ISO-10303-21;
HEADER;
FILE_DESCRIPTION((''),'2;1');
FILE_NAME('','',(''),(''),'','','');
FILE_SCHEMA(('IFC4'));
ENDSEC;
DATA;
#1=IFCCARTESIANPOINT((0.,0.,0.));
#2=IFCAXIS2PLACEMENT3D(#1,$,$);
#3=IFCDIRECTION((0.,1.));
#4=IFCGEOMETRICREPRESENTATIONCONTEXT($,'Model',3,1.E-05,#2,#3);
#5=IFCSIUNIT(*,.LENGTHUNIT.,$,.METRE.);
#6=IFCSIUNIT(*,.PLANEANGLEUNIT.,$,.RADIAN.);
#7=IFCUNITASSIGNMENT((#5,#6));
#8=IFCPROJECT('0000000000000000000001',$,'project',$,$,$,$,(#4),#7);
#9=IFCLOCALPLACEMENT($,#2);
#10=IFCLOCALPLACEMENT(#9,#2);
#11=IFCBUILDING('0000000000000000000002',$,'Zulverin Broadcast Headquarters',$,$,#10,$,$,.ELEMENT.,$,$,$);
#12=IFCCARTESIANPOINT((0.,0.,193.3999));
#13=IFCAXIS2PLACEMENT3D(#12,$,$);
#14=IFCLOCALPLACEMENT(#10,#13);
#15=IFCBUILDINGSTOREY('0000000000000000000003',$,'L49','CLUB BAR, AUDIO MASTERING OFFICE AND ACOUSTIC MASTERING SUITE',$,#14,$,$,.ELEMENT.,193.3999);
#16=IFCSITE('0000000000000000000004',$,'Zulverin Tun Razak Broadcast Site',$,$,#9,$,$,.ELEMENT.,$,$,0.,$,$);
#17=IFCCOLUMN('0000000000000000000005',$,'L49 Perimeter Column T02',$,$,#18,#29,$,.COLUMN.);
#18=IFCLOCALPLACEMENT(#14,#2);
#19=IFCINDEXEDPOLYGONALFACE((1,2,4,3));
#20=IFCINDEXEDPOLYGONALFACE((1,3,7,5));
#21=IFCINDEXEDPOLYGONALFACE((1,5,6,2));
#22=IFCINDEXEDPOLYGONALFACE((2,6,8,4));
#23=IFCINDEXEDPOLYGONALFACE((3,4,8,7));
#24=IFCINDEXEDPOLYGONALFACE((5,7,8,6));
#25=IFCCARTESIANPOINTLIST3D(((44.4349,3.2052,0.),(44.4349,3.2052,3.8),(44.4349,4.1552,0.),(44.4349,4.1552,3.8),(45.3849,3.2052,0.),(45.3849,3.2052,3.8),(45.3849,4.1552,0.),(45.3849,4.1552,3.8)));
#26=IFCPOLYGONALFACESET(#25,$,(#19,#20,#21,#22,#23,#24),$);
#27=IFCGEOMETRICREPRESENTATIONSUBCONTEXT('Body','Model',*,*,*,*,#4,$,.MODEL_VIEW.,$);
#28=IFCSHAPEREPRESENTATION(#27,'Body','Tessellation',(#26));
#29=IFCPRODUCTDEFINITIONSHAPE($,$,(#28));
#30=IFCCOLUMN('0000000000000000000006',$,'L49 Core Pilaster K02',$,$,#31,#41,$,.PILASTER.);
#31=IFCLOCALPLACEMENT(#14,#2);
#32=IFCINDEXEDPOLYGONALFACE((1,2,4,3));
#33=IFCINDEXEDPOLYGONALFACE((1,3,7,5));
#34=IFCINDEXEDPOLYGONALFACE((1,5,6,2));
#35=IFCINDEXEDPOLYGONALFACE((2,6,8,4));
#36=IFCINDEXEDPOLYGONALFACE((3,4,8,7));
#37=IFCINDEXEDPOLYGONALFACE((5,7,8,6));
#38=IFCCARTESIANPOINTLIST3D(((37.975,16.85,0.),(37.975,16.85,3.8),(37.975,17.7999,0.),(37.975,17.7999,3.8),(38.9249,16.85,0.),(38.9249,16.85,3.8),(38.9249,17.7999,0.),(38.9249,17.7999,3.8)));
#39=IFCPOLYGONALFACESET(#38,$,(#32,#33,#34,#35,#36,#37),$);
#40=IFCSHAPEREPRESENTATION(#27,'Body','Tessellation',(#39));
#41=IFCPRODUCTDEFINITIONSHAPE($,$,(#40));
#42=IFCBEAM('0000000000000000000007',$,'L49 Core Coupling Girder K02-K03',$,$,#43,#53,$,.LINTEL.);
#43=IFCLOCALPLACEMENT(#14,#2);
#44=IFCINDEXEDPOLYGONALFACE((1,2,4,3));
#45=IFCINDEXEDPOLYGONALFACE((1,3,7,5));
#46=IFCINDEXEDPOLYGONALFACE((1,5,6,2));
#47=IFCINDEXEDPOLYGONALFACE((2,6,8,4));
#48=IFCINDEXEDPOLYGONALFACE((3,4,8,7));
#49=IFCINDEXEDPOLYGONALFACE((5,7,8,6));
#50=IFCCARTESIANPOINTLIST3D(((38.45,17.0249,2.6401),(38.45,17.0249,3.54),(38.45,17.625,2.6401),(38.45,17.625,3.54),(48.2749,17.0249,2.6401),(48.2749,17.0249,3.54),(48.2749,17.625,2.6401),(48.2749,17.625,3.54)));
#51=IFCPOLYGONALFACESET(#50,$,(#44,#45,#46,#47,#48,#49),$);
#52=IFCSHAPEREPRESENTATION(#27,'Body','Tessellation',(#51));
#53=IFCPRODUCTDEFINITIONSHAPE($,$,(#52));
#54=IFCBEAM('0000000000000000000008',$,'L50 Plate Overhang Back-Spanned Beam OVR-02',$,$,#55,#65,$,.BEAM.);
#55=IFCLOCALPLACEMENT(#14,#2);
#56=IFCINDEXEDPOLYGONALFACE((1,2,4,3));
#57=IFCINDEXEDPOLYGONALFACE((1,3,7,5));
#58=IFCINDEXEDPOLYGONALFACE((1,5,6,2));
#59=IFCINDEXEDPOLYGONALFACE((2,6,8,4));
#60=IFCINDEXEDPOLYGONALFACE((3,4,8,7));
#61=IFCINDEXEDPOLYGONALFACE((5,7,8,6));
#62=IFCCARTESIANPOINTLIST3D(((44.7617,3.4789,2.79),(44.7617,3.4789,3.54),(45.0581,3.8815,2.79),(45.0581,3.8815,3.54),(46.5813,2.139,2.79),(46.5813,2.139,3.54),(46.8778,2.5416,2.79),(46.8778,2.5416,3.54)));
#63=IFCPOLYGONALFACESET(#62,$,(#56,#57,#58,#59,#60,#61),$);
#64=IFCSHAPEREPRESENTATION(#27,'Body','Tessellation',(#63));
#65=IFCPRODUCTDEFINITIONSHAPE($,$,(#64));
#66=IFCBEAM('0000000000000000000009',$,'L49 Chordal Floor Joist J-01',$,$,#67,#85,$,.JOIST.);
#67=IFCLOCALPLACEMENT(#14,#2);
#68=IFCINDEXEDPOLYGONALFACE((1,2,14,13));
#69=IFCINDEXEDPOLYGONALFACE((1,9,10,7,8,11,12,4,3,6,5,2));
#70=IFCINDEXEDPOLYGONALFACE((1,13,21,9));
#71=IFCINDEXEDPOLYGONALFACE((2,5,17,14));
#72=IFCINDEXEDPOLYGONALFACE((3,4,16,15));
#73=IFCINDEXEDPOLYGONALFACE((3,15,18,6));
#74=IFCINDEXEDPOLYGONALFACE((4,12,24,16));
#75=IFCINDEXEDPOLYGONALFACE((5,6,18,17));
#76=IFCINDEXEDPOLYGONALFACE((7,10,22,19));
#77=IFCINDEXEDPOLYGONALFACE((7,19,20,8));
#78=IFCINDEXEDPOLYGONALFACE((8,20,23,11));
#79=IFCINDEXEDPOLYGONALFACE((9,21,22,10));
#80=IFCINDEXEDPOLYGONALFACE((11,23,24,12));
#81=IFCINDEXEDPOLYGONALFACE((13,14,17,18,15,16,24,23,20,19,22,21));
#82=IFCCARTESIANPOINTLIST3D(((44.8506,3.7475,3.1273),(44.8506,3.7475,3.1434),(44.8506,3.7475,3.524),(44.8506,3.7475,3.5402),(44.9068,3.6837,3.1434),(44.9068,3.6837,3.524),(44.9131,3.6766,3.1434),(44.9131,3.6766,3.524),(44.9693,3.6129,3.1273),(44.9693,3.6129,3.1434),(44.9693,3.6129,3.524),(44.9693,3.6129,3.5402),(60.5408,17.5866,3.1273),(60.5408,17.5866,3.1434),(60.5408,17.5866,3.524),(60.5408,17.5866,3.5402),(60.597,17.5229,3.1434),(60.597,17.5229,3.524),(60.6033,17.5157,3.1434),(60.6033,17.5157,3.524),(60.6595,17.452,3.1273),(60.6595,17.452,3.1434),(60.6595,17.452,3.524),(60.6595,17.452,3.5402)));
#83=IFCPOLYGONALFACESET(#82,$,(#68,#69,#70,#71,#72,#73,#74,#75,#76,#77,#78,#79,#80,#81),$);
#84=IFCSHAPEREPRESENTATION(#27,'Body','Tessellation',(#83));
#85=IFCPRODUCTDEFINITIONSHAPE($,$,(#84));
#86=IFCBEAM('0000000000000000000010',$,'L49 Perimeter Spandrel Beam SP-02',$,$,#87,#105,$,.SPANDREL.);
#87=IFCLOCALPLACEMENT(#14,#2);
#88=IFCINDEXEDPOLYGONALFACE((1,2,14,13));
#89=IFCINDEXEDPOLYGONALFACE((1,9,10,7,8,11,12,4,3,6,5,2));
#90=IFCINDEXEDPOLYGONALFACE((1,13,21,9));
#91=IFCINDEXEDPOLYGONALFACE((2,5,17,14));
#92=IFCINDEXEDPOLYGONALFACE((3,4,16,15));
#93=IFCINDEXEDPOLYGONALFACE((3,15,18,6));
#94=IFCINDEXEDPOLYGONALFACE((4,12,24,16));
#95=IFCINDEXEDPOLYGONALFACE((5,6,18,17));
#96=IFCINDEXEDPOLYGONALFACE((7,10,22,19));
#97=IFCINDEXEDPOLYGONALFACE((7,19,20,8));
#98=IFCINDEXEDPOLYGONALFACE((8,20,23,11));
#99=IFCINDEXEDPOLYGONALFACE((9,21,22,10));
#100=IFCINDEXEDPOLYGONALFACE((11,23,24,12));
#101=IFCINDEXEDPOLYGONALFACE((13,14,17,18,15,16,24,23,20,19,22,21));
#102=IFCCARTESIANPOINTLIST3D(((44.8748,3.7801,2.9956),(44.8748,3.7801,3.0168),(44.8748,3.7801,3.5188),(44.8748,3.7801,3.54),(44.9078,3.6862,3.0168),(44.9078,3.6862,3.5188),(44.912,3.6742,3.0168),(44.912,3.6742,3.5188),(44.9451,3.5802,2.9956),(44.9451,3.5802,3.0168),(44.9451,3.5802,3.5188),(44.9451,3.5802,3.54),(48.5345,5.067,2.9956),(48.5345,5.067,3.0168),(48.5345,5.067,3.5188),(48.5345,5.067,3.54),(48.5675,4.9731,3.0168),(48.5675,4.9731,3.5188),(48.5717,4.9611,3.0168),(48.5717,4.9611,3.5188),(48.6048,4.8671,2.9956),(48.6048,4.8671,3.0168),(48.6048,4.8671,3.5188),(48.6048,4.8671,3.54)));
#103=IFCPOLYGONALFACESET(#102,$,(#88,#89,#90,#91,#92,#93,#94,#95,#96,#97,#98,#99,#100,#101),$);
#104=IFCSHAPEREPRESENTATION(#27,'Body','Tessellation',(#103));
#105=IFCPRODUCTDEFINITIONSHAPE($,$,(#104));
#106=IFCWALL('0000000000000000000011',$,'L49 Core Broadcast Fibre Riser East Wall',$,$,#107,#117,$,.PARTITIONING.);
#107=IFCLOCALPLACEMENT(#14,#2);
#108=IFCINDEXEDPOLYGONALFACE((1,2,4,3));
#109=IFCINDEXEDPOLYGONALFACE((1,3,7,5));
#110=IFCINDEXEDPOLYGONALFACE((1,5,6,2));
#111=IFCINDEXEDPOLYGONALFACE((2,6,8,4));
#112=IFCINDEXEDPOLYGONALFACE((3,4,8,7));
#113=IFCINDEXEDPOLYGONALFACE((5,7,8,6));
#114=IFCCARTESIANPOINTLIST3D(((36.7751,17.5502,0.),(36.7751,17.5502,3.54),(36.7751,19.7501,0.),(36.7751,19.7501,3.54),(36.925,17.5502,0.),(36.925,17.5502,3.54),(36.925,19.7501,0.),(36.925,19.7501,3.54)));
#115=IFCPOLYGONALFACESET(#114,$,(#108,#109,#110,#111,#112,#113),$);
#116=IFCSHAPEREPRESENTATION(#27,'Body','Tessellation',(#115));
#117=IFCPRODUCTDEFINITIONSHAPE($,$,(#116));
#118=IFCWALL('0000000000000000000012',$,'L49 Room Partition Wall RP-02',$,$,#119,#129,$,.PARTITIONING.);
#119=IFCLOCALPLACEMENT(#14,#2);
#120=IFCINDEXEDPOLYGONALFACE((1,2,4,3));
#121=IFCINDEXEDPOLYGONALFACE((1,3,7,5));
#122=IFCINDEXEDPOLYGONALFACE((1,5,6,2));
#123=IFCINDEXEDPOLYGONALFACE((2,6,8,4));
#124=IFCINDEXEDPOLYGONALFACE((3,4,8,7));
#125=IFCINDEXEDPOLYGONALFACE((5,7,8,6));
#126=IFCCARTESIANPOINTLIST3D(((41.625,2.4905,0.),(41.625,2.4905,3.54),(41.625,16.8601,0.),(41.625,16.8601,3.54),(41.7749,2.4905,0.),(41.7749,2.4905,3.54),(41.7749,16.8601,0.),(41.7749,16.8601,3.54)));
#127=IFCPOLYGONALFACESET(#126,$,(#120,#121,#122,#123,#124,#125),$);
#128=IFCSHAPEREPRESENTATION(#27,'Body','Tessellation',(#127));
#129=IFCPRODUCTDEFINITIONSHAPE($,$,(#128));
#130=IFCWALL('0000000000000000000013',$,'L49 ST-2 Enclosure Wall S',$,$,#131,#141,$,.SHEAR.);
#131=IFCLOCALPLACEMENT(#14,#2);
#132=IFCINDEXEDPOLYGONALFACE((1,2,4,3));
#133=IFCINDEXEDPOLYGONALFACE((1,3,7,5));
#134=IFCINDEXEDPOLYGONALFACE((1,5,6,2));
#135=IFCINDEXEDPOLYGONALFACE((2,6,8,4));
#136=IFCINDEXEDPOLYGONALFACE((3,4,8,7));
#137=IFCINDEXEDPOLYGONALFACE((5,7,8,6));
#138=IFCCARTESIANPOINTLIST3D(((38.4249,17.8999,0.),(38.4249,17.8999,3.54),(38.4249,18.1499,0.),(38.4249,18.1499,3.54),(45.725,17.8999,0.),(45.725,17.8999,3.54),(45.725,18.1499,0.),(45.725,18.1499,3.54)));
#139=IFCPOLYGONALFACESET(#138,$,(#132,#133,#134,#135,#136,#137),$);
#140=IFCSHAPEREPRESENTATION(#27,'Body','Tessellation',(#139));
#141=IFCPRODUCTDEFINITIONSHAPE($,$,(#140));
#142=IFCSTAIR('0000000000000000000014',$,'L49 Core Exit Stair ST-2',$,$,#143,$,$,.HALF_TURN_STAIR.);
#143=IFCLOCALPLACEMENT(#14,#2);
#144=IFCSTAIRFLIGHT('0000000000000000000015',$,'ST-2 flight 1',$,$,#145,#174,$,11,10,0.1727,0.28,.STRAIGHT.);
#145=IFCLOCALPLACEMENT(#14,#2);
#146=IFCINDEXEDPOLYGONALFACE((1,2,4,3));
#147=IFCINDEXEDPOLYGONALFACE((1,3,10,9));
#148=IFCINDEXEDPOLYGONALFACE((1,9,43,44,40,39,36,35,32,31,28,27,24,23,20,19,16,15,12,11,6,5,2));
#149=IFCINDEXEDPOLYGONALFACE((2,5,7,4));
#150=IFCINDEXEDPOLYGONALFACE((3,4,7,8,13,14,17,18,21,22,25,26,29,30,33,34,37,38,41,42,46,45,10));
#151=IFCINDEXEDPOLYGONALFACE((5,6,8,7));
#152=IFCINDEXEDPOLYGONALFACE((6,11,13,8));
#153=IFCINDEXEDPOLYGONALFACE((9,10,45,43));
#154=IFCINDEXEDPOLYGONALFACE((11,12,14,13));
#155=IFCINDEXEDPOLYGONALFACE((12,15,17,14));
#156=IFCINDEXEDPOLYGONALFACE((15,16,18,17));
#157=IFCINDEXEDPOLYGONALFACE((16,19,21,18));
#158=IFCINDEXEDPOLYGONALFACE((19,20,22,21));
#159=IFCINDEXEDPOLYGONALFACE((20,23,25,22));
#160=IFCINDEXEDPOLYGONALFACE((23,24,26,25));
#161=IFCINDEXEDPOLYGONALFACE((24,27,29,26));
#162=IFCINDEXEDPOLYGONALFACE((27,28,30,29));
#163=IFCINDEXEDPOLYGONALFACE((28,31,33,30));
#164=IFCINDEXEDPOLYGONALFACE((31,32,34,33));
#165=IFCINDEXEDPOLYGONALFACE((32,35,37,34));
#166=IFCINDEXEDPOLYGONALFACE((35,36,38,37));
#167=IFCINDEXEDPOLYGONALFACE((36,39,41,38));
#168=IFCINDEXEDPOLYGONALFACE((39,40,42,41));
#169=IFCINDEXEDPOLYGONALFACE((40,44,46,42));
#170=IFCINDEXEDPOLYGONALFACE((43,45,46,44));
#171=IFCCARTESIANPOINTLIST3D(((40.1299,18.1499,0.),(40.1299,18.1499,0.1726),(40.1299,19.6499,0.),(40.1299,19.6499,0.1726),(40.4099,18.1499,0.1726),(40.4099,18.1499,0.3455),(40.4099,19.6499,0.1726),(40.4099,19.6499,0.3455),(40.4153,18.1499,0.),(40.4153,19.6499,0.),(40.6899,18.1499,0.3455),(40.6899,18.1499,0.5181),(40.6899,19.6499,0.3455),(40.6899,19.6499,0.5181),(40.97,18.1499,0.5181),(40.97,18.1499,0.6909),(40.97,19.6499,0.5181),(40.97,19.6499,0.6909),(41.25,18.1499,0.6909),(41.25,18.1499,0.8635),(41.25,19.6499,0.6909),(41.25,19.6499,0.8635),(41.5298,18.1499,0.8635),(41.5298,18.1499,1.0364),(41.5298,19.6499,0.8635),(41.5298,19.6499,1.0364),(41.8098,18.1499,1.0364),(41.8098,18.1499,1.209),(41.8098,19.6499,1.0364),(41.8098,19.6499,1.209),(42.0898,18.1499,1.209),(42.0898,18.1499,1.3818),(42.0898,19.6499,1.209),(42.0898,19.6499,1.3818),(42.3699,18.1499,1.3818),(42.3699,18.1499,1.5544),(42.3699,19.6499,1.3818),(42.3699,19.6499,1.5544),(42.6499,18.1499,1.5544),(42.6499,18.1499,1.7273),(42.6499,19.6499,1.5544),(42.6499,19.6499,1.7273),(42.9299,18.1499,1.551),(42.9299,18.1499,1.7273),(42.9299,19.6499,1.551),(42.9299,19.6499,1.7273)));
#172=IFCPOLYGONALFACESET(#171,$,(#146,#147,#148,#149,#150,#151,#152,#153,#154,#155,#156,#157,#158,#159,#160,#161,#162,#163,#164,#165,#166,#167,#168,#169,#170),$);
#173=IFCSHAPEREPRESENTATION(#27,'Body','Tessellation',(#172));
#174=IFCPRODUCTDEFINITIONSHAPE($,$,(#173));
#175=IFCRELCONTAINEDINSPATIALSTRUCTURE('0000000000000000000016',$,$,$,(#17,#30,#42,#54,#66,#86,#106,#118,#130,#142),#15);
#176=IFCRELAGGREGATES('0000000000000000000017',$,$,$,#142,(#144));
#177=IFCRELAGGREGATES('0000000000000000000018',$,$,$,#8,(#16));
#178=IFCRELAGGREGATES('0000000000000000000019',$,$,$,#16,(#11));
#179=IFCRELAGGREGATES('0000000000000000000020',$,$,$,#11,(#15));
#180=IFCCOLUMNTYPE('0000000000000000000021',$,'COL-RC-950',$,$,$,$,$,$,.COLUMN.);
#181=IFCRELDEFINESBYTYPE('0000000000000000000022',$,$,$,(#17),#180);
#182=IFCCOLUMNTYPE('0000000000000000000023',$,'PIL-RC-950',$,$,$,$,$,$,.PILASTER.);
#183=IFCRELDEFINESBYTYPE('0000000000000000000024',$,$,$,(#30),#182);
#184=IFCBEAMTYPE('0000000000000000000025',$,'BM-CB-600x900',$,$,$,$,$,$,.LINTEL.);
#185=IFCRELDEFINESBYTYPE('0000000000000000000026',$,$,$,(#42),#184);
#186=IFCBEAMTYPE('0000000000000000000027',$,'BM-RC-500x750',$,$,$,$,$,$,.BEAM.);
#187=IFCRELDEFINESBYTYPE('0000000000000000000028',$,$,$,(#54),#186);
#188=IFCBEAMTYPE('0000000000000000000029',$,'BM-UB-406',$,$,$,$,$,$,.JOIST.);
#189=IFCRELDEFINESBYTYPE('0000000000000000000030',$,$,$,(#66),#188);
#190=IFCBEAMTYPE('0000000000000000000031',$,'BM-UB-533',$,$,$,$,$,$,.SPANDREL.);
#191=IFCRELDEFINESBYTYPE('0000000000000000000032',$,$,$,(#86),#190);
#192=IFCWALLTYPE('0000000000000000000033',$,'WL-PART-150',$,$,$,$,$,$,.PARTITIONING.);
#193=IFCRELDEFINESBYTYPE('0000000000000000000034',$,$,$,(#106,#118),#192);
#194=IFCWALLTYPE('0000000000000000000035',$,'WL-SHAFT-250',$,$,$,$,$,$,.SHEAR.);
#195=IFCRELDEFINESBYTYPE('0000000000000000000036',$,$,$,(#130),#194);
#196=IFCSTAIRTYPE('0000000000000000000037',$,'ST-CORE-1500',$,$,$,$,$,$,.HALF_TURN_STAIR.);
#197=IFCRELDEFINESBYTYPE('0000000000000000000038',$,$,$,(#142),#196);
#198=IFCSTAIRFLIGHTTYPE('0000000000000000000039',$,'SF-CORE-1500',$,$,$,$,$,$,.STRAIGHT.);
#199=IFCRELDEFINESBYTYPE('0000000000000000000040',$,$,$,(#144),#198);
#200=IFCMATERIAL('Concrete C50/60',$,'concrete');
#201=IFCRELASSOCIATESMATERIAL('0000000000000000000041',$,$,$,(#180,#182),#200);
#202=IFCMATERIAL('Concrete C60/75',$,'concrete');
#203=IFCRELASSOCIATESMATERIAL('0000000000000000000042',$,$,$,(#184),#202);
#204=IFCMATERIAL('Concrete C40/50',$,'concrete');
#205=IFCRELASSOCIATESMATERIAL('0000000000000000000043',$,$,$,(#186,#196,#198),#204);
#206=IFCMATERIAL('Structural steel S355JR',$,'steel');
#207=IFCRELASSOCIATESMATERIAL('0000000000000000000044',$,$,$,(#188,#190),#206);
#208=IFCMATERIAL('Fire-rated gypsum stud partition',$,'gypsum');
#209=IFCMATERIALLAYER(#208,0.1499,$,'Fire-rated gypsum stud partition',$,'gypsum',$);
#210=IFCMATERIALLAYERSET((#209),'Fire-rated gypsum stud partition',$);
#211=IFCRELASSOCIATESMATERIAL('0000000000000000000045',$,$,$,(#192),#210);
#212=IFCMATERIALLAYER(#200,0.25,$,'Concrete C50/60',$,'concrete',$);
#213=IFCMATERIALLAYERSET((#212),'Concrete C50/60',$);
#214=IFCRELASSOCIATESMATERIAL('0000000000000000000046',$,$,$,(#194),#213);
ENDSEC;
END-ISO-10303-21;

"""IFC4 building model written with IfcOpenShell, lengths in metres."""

from ifc_helpers import new_model, si_unit, direction, frame, frame_2d, origin, origin_2d, place, context, subcontext, project, spatial, polyline, rectangle, i_section, outline, extrude, material, layer, layer_set, material_profile, profile_set, type_object, element, aggregate, save


model = new_model("IFC4")

# Units and contexts
model_context = context("Model", 3, precision=1e-05, world=origin(), true_north=direction((0.0, 1.0)))
body_context = subcontext(model_context, "Body", "Model", "MODEL_VIEW")
ifc_project = project(units=[si_unit("LENGTHUNIT", "METRE"), si_unit("PLANEANGLEUNIT", "RADIAN")], contexts=[model_context])

# Site, building, storey
site_placement = place(None, origin())
site = spatial("IfcSite", under=ifc_project, at=site_placement, Name="Zulverin Tun Razak Broadcast Site", CompositionType="ELEMENT", RefElevation=0.0)
building_placement = place(site_placement, origin())
building = spatial("IfcBuilding", under=site, at=building_placement, Name="Zulverin Broadcast Headquarters", CompositionType="ELEMENT")
storey_placement = place(building_placement, frame((0.0, 0.0, 193.3999)))
storey = spatial("IfcBuildingStorey", under=building, at=storey_placement, Name="L49", Description="CLUB BAR, AUDIO MASTERING OFFICE AND ACOUSTIC MASTERING SUITE", CompositionType="ELEMENT", Elevation=193.3999)

# Columns
ifc_material_1 = material(Name="Concrete C50/60", Category="concrete")
ifc_material_profile_1 = material_profile(ifc_material_1, rectangle(XDim=0.95, YDim=0.95, at=origin_2d()), Name="Concrete C50/60", Category="concrete")
ifc_profile_set_1 = profile_set([ifc_material_profile_1], Name="Concrete C50/60")
column_type_1 = type_object("IfcColumnType", Name="COL-RC-950", PredefinedType="COLUMN", material=ifc_profile_set_1)
column_1_placement = place(storey_placement, frame((44.9099, 3.6802, 0.0), z_axis=(0.0, 0.0, 1.0), x_axis=(1.0, 0.0, 0.0)))
element("IfcColumn", 1, at=column_1_placement, inside=storey, type_object=column_type_1, Name="L49 Perimeter Column T02", PredefinedType="COLUMN", context=body_context, shape_type="SweptSolid", body=[
    extrude(rectangle(XDim=0.95, YDim=0.95, at=origin_2d()), origin(), (0.0, 0.0, 1.0), 3.8),
])
ifc_material_profile_2 = material_profile(ifc_material_1, rectangle(XDim=0.95, YDim=0.95, at=origin_2d()), Name="Concrete C50/60", Category="concrete")
ifc_profile_set_2 = profile_set([ifc_material_profile_2], Name="Concrete C50/60")
column_type_2 = type_object("IfcColumnType", Name="PIL-RC-950", PredefinedType="PILASTER", material=ifc_profile_set_2)
column_2_placement = place(storey_placement, frame((38.45, 17.325, 0.0), z_axis=(0.0, 0.0, 1.0), x_axis=(1.0, 0.0, 0.0)))
element("IfcColumn", 2, at=column_2_placement, inside=storey, type_object=column_type_2, Name="L49 Core Pilaster K02", PredefinedType="PILASTER", context=body_context, shape_type="SweptSolid", body=[
    extrude(rectangle(XDim=0.95, YDim=0.95, at=origin_2d()), origin(), (0.0, 0.0, 1.0), 3.8),
])

# Beams
ifc_material_2 = material(Name="Concrete C60/75", Category="concrete")
ifc_material_profile_3 = material_profile(ifc_material_2, rectangle(XDim=0.6001, YDim=0.8999, at=origin_2d()), Name="Concrete C60/75", Category="concrete")
ifc_profile_set_3 = profile_set([ifc_material_profile_3], Name="Concrete C60/75")
beam_type_1 = type_object("IfcBeamType", Name="BM-CB-600x900", PredefinedType="LINTEL", material=ifc_profile_set_3)
beam_1_placement = place(storey_placement, frame((38.45, 17.325, 3.0901), z_axis=(1.0, 0.0, 0.0), x_axis=(0.0, 1.0, 0.0)))
element("IfcBeam", 3, at=beam_1_placement, inside=storey, type_object=beam_type_1, Name="L49 Core Coupling Girder K02-K03", PredefinedType="LINTEL", context=body_context, shape_type="SweptSolid", body=[
    extrude(rectangle(XDim=0.6001, YDim=0.8999, at=origin_2d()), origin(), (0.0, 0.0, 1.0), 9.825),
])
ifc_material_3 = material(Name="Concrete C40/50", Category="concrete")
ifc_material_profile_4 = material_profile(ifc_material_3, rectangle(XDim=0.5, YDim=0.75, at=origin_2d()), Name="Concrete C40/50", Category="concrete")
ifc_profile_set_4 = profile_set([ifc_material_profile_4], Name="Concrete C40/50")
beam_type_2 = type_object("IfcBeamType", Name="BM-RC-500x750", PredefinedType="BEAM", material=ifc_profile_set_4)
beam_2_placement = place(storey_placement, frame((44.9099, 3.6802, 3.165), z_axis=(0.805246, -0.592941, 0.0), x_axis=(0.592941, 0.805246, 0.0)))
element("IfcBeam", 4, at=beam_2_placement, inside=storey, type_object=beam_type_2, Name="L50 Plate Overhang Back-Spanned Beam OVR-02", PredefinedType="BEAM", context=body_context, shape_type="SweptSolid", body=[
    extrude(rectangle(XDim=0.5, YDim=0.75, at=origin_2d()), origin(), (0.0, 0.0, 1.0), 2.2598),
])
ifc_material_4 = material(Name="Structural steel S355JR", Category="steel")
ifc_material_profile_5 = material_profile(ifc_material_4, i_section(OverallWidth=0.1794, OverallDepth=0.4128, WebThickness=0.0095, FlangeThickness=0.0161, at=origin_2d()), Name="Structural steel S355JR", Category="steel")
ifc_profile_set_5 = profile_set([ifc_material_profile_5], Name="Structural steel S355JR")
beam_type_3 = type_object("IfcBeamType", Name="BM-UB-406", PredefinedType="JOIST", material=ifc_profile_set_5)
beam_3_placement = place(storey_placement, frame((44.9099, 3.6802, 3.3337), z_axis=(0.74996, 0.661483, 0.0), x_axis=(-0.661483, 0.74996, 0.0)))
element("IfcBeam", 5, at=beam_3_placement, inside=storey, type_object=beam_type_3, Name="L49 Chordal Floor Joist J-01", PredefinedType="JOIST", context=body_context, shape_type="SweptSolid", body=[
    extrude(i_section(OverallWidth=0.1794, OverallDepth=0.4128, WebThickness=0.0095, FlangeThickness=0.0161, at=origin_2d()), origin(), (0.0, 0.0, 1.0), 20.9214),
])
ifc_material_profile_6 = material_profile(ifc_material_4, i_section(OverallWidth=0.2119, OverallDepth=0.5444, WebThickness=0.0127, FlangeThickness=0.0212, at=origin_2d()), Name="Structural steel S355JR", Category="steel")
ifc_profile_set_6 = profile_set([ifc_material_profile_6], Name="Structural steel S355JR")
beam_type_4 = type_object("IfcBeamType", Name="BM-UB-533", PredefinedType="SPANDREL", material=ifc_profile_set_6)
beam_4_placement = place(storey_placement, frame((44.9099, 3.6802, 3.2678), z_axis=(0.943377, 0.331724, 0.0), x_axis=(-0.331724, 0.943377, 0.0)))
element("IfcBeam", 6, at=beam_4_placement, inside=storey, type_object=beam_type_4, Name="L49 Perimeter Spandrel Beam SP-02", PredefinedType="SPANDREL", context=body_context, shape_type="SweptSolid", body=[
    extrude(i_section(OverallWidth=0.2119, OverallDepth=0.5444, WebThickness=0.0127, FlangeThickness=0.0212, at=origin_2d()), origin(), (0.0, 0.0, 1.0), 3.8794),
])

# Walls
ifc_material_5 = material(Name="Fire-rated gypsum stud partition", Category="gypsum")
ifc_layer_1 = layer(ifc_material_5, 0.1499, Name="Fire-rated gypsum stud partition", Category="gypsum")
ifc_layer_set_1 = layer_set([ifc_layer_1], Name="Fire-rated gypsum stud partition")
wall_type_1 = type_object("IfcWallType", Name="WL-PART-150", PredefinedType="PARTITIONING", material=ifc_layer_set_1)
wall_1_placement = place(storey_placement, frame((36.8501, 17.55, 0.0), z_axis=(0.0, 0.0, 1.0), x_axis=(0.0, 1.0, 0.0)))
element("IfcWall", 7, at=wall_1_placement, inside=storey, type_object=wall_type_1, Name="L49 Core Broadcast Fibre Riser East Wall", PredefinedType="PARTITIONING", context=body_context, shape_type="SweptSolid", body=[
    extrude(rectangle(XDim=2.2, YDim=0.1499, at=frame_2d((1.1001, 0.0))), origin(), (0.0, 0.0, 1.0), 3.54),
])
wall_2_placement = place(storey_placement, frame((41.7, 2.4905, 0.0), z_axis=(0.0, 0.0, 1.0), x_axis=(0.0, 1.0, 0.0)))
element("IfcWall", 8, at=wall_2_placement, inside=storey, type_object=wall_type_1, Name="L49 Room Partition Wall RP-02", PredefinedType="PARTITIONING", context=body_context, shape_type="SweptSolid", body=[
    extrude(rectangle(XDim=14.3696, YDim=0.1499, at=frame_2d((7.1848, 0.0))), origin(), (0.0, 0.0, 1.0), 3.54),
])
ifc_layer_2 = layer(ifc_material_1, 0.25, Name="Concrete C50/60", Category="concrete")
ifc_layer_set_2 = layer_set([ifc_layer_2], Name="Concrete C50/60")
wall_type_2 = type_object("IfcWallType", Name="WL-SHAFT-250", PredefinedType="SHEAR", material=ifc_layer_set_2)
wall_3_placement = place(storey_placement, frame((38.425, 18.0249, 0.0), z_axis=(0.0, 0.0, 1.0), x_axis=(1.0, 0.0, 0.0)))
element("IfcWall", 9, at=wall_3_placement, inside=storey, type_object=wall_type_2, Name="L49 ST-2 Enclosure Wall S", PredefinedType="SHEAR", context=body_context, shape_type="SweptSolid", body=[
    extrude(rectangle(XDim=7.3, YDim=0.25, at=frame_2d((3.6499, 0.0))), origin(), (0.0, 0.0, 1.0), 3.54),
])

# Stair, stair flight
stair_type = type_object("IfcStairType", Name="ST-CORE-1500", PredefinedType="HALF_TURN_STAIR", material=ifc_material_3)
stair_placement = place(storey_placement, origin())
stair = element("IfcStair", 10, at=stair_placement, inside=storey, type_object=stair_type, Name="L49 Core Exit Stair ST-2", PredefinedType="HALF_TURN_STAIR")
stair_flight_type = type_object("IfcStairFlightType", Name="SF-CORE-1500", PredefinedType="STRAIGHT", material=ifc_material_3)
stair_flight_placement = place(storey_placement, frame((40.1299, 18.8999, 0.0), z_axis=(0.0, 0.0, 1.0), x_axis=(1.0, 0.0, 0.0)))
stair_flight = element("IfcStairFlight", 11, at=stair_flight_placement, type_object=stair_flight_type, Name="ST-2 flight 1", NumberOfRisers=11, NumberOfTreads=10, PredefinedType="STRAIGHT", RiserHeight=0.1727, TreadLength=0.28, context=body_context, shape_type="SweptSolid", body=[
    extrude(outline(polyline([(0.0, 0.0), (0.0, 0.1726), (0.28, 0.1726), (0.28, 0.3455), (0.5601, 0.3455), (0.5601, 0.5181), (0.8401, 0.5181), (0.8401, 0.6909), (1.1201, 0.6909), (1.1201, 0.8635), (1.3999, 0.8635), (1.3999, 1.0364), (1.6799, 1.0364), (1.6799, 1.209), (1.96, 1.209), (1.96, 1.3818), (2.24, 1.3818), (2.24, 1.5544), (2.52, 1.5544), (2.52, 1.7273), (2.8, 1.7273), (2.8, 1.8999), (2.8, 1.551), (0.2854, 0.0), (0.0, 0.0)])), frame((0.0, 0.75, 0.0), z_axis=(0.0, -1.0, 0.0), x_axis=(1.0, 0.0, 0.0)), (0.0, 0.0, 1.0), 1.5),
])
aggregate(stair, [stair_flight])

save(model, "model.ifc")
